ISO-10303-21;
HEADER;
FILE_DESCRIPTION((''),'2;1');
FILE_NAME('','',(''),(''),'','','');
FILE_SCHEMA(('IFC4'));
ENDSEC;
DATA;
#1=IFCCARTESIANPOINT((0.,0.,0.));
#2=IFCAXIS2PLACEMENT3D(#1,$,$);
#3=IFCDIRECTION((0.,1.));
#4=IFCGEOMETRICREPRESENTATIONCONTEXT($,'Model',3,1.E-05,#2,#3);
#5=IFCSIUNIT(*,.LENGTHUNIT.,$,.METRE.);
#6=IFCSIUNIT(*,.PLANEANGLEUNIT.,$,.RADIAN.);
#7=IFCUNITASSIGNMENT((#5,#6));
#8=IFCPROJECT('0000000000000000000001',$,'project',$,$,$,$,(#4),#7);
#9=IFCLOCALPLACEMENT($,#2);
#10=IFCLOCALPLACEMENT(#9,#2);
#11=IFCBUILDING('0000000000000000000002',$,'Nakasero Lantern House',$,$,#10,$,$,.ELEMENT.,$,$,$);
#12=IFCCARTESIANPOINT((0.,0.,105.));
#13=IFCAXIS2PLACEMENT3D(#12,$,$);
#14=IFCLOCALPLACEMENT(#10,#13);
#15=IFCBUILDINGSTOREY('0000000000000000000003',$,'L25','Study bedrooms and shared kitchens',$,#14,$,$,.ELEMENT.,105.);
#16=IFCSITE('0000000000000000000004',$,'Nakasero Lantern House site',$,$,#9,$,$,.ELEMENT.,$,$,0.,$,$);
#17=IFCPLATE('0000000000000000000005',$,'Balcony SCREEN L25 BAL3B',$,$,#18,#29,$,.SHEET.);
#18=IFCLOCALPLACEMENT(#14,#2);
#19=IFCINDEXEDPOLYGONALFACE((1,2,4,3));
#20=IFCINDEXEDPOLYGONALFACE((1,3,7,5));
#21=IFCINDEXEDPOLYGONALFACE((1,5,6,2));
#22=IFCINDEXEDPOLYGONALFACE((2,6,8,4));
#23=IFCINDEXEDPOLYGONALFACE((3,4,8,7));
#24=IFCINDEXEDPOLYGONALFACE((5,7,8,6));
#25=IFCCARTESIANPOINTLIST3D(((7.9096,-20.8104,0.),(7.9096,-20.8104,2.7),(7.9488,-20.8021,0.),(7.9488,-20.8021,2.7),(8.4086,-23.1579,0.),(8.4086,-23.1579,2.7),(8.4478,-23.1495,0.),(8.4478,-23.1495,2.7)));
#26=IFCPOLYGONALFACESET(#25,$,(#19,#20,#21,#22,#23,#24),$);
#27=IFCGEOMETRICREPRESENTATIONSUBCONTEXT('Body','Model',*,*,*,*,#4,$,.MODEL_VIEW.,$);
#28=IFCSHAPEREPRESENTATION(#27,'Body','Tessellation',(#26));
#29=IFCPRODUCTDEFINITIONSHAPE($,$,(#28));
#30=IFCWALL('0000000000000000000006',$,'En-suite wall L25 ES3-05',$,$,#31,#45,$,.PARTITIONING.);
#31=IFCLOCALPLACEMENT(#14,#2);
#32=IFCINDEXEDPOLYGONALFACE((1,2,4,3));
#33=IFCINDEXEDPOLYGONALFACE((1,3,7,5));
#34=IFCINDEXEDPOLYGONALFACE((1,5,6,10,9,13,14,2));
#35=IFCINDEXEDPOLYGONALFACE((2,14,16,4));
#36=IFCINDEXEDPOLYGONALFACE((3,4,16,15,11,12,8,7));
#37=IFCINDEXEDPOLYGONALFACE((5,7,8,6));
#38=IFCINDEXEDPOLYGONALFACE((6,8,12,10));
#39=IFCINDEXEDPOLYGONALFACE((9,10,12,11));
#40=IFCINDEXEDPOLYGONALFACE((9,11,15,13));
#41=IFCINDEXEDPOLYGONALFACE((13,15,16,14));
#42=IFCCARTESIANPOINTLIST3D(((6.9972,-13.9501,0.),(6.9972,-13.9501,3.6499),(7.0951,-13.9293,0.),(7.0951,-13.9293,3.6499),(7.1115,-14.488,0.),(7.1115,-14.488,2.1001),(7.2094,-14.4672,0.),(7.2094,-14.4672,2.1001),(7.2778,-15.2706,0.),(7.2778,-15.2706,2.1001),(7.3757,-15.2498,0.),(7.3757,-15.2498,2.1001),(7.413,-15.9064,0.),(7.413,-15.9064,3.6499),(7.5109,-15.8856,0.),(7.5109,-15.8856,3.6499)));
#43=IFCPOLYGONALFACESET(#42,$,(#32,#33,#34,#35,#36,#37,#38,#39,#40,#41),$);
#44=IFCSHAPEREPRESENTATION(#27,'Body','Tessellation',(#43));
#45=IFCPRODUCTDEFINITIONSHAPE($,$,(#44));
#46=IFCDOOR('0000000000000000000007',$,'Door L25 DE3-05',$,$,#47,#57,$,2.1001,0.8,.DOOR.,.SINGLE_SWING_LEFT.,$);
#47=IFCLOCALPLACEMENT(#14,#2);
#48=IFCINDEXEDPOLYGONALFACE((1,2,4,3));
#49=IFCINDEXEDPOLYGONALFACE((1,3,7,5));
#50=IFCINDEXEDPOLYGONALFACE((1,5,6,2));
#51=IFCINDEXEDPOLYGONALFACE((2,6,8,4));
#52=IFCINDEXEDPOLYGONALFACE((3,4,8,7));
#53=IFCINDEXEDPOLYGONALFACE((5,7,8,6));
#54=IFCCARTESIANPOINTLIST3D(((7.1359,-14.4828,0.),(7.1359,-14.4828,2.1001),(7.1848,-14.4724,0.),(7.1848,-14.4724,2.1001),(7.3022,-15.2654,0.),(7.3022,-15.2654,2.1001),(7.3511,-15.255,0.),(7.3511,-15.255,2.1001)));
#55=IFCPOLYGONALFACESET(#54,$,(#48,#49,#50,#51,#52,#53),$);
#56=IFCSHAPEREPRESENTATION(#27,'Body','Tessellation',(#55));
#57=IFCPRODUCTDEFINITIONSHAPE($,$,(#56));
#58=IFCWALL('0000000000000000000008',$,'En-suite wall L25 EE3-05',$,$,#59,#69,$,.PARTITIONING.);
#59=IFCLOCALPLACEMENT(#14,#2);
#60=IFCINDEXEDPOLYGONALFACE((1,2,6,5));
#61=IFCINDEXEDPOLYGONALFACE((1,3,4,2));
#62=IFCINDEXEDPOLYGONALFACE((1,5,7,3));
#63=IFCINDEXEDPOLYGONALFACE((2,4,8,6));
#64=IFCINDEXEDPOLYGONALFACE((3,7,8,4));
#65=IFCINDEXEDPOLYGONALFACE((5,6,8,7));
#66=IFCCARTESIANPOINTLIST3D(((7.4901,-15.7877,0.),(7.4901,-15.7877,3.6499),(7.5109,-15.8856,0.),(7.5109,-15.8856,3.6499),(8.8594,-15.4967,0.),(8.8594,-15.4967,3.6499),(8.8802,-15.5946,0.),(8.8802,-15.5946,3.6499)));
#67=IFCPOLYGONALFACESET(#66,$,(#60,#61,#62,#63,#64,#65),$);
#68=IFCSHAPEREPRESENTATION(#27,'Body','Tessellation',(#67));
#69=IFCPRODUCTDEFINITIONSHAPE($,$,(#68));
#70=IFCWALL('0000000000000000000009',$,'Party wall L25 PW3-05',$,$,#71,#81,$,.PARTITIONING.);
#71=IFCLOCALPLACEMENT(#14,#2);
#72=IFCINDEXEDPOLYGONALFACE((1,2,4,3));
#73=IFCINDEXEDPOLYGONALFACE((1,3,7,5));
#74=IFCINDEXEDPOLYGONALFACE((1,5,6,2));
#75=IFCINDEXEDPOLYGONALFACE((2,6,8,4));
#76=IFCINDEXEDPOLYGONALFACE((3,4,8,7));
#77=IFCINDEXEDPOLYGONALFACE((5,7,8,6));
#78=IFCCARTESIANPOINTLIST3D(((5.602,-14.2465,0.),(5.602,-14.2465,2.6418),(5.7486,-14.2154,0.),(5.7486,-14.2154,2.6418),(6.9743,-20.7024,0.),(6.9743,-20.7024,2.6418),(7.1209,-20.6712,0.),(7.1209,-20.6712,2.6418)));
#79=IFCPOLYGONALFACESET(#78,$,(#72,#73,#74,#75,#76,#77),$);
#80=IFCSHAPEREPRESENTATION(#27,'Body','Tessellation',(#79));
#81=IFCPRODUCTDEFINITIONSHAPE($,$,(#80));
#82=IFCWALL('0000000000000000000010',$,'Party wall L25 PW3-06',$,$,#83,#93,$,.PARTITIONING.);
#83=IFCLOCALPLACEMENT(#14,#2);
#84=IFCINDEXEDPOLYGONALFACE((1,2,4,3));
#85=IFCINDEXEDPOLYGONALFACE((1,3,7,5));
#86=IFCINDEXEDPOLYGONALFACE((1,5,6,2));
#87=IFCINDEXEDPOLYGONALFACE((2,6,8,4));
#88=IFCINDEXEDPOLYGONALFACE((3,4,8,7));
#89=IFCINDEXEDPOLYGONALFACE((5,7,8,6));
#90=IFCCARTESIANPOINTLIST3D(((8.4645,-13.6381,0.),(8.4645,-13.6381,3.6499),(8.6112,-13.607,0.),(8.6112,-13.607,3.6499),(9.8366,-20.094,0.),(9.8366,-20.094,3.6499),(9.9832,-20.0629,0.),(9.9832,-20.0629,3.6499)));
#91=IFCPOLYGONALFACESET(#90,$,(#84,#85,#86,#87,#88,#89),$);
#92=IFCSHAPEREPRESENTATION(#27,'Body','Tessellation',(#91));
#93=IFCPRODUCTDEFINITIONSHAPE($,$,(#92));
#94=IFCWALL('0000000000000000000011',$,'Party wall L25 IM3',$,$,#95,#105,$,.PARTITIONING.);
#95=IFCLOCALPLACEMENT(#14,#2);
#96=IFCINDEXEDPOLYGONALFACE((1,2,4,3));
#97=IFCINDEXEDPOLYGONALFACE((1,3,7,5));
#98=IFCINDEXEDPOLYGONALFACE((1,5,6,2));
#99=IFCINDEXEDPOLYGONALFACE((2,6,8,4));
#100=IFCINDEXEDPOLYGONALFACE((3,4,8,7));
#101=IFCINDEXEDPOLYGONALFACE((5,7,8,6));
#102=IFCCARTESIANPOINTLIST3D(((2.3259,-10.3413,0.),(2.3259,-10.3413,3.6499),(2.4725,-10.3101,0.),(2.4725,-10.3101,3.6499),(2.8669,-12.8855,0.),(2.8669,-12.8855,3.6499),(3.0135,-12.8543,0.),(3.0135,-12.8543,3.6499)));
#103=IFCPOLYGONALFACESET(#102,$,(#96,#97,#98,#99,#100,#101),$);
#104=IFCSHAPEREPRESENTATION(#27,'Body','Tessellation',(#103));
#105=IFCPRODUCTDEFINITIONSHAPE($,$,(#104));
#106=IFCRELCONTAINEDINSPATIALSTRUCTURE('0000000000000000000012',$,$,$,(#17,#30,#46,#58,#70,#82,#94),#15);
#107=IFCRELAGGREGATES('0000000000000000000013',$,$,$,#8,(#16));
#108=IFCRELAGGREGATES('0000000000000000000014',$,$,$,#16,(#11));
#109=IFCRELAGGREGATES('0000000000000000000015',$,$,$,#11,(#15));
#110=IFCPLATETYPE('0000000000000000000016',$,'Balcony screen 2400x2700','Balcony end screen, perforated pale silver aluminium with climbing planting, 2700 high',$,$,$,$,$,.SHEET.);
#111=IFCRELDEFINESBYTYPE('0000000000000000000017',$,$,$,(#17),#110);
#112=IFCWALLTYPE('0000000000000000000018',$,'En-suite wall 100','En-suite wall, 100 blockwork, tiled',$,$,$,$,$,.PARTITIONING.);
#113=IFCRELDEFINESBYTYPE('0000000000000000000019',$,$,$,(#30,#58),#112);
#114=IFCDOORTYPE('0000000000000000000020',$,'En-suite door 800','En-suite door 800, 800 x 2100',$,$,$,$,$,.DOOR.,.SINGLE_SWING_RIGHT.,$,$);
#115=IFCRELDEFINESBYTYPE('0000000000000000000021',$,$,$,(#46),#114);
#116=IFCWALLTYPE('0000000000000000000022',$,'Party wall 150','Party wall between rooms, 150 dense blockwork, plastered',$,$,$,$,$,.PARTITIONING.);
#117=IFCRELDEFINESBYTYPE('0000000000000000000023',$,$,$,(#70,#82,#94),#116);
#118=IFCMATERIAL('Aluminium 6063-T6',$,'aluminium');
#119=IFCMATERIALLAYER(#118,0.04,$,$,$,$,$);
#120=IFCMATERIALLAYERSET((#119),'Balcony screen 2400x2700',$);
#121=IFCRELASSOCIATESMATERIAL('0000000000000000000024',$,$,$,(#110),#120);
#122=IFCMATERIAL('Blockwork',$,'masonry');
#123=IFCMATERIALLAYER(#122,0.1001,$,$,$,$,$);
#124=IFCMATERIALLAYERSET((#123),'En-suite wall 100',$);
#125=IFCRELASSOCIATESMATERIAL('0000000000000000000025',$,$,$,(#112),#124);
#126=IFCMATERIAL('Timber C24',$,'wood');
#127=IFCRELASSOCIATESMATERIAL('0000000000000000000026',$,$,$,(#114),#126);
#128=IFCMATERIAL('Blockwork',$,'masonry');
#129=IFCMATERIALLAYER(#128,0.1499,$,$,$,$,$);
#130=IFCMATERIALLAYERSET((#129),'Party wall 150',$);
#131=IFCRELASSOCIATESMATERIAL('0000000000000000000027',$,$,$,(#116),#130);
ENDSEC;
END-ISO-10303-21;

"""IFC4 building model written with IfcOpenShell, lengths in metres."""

from ifc_helpers import new_model, si_unit, direction, frame, frame_2d, origin, origin_2d, place, context, subcontext, project, spatial, rectangle, extrude, material, layer, layer_set, type_object, element, fill, save


model = new_model("IFC4")

# Units and contexts
model_context = context("Model", 3, precision=1e-05, world=origin(), true_north=direction((0.0, 1.0)))
body_context = subcontext(model_context, "Body", "Model", "MODEL_VIEW")
ifc_project = project(units=[si_unit("LENGTHUNIT", "METRE"), si_unit("PLANEANGLEUNIT", "RADIAN")], contexts=[model_context])

# Site, building, storey
site_placement = place(None, origin())
site = spatial("IfcSite", under=ifc_project, at=site_placement, Name="Nakasero Lantern House site", CompositionType="ELEMENT", RefElevation=0.0)
building_placement = place(site_placement, origin())
building = spatial("IfcBuilding", under=site, at=building_placement, Name="Nakasero Lantern House", CompositionType="ELEMENT")
storey_placement = place(building_placement, frame((0.0, 0.0, 105.0)))
storey = spatial("IfcBuildingStorey", under=building, at=storey_placement, Name="L25", Description="Study bedrooms and shared kitchens", CompositionType="ELEMENT", Elevation=105.0)

# Plate
ifc_material_1 = material(Name="Aluminium 6063-T6", Category="aluminium")
ifc_layer_1 = layer(ifc_material_1, 0.04)
ifc_layer_set_1 = layer_set([ifc_layer_1], Name="Balcony screen 2400x2700")
plate_type_1 = type_object("IfcPlateType", Name="Balcony screen 2400x2700", Description="Balcony end screen, perforated pale silver aluminium with climbing planting, 2700 high", PredefinedType="SHEET", material=ifc_layer_set_1)
for number, where, z_axis, x_axis, name in (
    (1, (8.1787, -21.98, 0.0), (0.0, 0.0, 1.0), (0.207912, -0.978148, 0.0), "Balcony SCREEN L25 BAL3B"),
):
    element("IfcPlate", number, at=place(storey_placement, frame(where, z_axis=z_axis, x_axis=x_axis)), inside=storey, type_object=plate_type_1, Name=name, PredefinedType="SHEET", context=body_context, shape_type="SweptSolid", body=[
        extrude(rectangle(XDim=2.3999, YDim=0.04, at=origin_2d()), origin(), (0.0, 0.0, 1.0), 2.7),
    ])

# Wall, opening, door
ifc_material_2 = material(Name="Blockwork", Category="masonry")
ifc_layer_2 = layer(ifc_material_2, 0.1001)
ifc_layer_set_2 = layer_set([ifc_layer_2], Name="En-suite wall 100")
wall_type_1 = type_object("IfcWallType", Name="En-suite wall 100", Description="En-suite wall, 100 blockwork, tiled", PredefinedType="PARTITIONING", material=ifc_layer_set_2)
wall_1_placement = place(storey_placement, frame((7.0461, -13.9397, 0.0), z_axis=(0.0, 0.0, 1.0), x_axis=(0.207886, -0.978153, 0.0)))
wall_1 = element("IfcWall", 2, at=wall_1_placement, inside=storey, type_object=wall_type_1, Name="En-suite wall L25 ES3-05", PredefinedType="PARTITIONING", context=body_context, shape_type="SweptSolid", body=[
    extrude(rectangle(XDim=2.0, YDim=0.1001, at=frame_2d((1.0, 0.0))), origin(), (0.0, 0.0, 1.0), 3.6499),
])
opening_placement = place(wall_1_placement, frame((0.55, 0.0, 0.0)))
opening = element("IfcOpeningElement", 3, at=opening_placement, cuts=wall_1, PredefinedType="OPENING", context=body_context, shape_type="SweptSolid", body=[
    extrude(rectangle(XDim=0.8, YDim=2.1001, at=frame_2d((0.3999, 1.05))), frame((0.0, 0.0701, 0.0), z_axis=(0.0, -1.0, 0.0), x_axis=(1.0, 0.0, 0.0)), (0.0, 0.0, 1.0), 0.1401),
])
ifc_material_3 = material(Name="Timber C24", Category="wood")
door_type = type_object("IfcDoorType", Name="En-suite door 800", Description="En-suite door 800, 800 x 2100", OperationType="SINGLE_SWING_RIGHT", PredefinedType="DOOR", material=ifc_material_3)
door_placement = place(opening_placement, origin())
door = element("IfcDoor", 4, at=door_placement, inside=storey, type_object=door_type, Name="Door L25 DE3-05", OperationType="SINGLE_SWING_LEFT", OverallHeight=2.1001, OverallWidth=0.8, PredefinedType="DOOR", context=body_context, shape_type="SweptSolid", body=[
    extrude(rectangle(XDim=0.8, YDim=2.1001, at=frame_2d((0.3999, 1.05))), frame((0.0, 0.0249, 0.0), z_axis=(0.0, -1.0, 0.0), x_axis=(1.0, 0.0, 0.0)), (0.0, 0.0, 1.0), 0.05),
])
fill(opening, door)

# Walls
wall_2_placement = place(storey_placement, frame((7.5005, -15.8367, 0.0), z_axis=(0.0, 0.0, 1.0), x_axis=(0.978156, 0.207873, 0.0)))
element("IfcWall", 5, at=wall_2_placement, inside=storey, type_object=wall_type_1, Name="En-suite wall L25 EE3-05", PredefinedType="PARTITIONING", context=body_context, shape_type="SweptSolid", body=[
    extrude(rectangle(XDim=1.3999, YDim=0.1001, at=frame_2d((0.7, 0.0))), origin(), (0.0, 0.0, 1.0), 3.6499),
])
ifc_material_4 = material(Name="Blockwork", Category="masonry")
ifc_layer_3 = layer(ifc_material_4, 0.1499)
ifc_layer_set_3 = layer_set([ifc_layer_3], Name="Party wall 150")
wall_type_2 = type_object("IfcWallType", Name="Party wall 150", Description="Party wall between rooms, 150 dense blockwork, plastered", PredefinedType="PARTITIONING", material=ifc_layer_set_3)
wall_3_placement = place(storey_placement, frame((5.6753, -14.231, 0.0), z_axis=(0.0, 0.0, 1.0), x_axis=(0.207925, -0.978145, 0.0)))
element("IfcWall", 6, at=wall_3_placement, inside=storey, type_object=wall_type_2, Name="Party wall L25 PW3-05", PredefinedType="PARTITIONING", context=body_context, shape_type="SweptSolid", body=[
    extrude(rectangle(XDim=6.6001, YDim=0.1499, at=frame_2d((3.3, 0.0))), origin(), (0.0, 0.0, 1.0), 2.6418),
])
wall_4_placement = place(storey_placement, frame((8.5378, -13.6226, 0.0), z_axis=(0.0, 0.0, 1.0), x_axis=(0.207889, -0.978152, 0.0)))
element("IfcWall", 7, at=wall_4_placement, inside=storey, type_object=wall_type_2, Name="Party wall L25 PW3-06", PredefinedType="PARTITIONING", context=body_context, shape_type="SweptSolid", body=[
    extrude(rectangle(XDim=6.6001, YDim=0.1499, at=frame_2d((3.3, 0.0))), origin(), (0.0, 0.0, 1.0), 3.6499),
])
wall_5_placement = place(storey_placement, frame((2.9402, -12.8699, 0.0), z_axis=(0.0, 0.0, 1.0), x_axis=(-0.207997, 0.978129, 0.0)))
element("IfcWall", 8, at=wall_5_placement, inside=storey, type_object=wall_type_2, Name="Party wall L25 IM3", PredefinedType="PARTITIONING", context=body_context, shape_type="SweptSolid", body=[
    extrude(rectangle(XDim=2.6011, YDim=0.1499, at=frame_2d((1.3005, 0.0))), origin(), (0.0, 0.0, 1.0), 3.6499),
])

save(model, "model.ifc")
